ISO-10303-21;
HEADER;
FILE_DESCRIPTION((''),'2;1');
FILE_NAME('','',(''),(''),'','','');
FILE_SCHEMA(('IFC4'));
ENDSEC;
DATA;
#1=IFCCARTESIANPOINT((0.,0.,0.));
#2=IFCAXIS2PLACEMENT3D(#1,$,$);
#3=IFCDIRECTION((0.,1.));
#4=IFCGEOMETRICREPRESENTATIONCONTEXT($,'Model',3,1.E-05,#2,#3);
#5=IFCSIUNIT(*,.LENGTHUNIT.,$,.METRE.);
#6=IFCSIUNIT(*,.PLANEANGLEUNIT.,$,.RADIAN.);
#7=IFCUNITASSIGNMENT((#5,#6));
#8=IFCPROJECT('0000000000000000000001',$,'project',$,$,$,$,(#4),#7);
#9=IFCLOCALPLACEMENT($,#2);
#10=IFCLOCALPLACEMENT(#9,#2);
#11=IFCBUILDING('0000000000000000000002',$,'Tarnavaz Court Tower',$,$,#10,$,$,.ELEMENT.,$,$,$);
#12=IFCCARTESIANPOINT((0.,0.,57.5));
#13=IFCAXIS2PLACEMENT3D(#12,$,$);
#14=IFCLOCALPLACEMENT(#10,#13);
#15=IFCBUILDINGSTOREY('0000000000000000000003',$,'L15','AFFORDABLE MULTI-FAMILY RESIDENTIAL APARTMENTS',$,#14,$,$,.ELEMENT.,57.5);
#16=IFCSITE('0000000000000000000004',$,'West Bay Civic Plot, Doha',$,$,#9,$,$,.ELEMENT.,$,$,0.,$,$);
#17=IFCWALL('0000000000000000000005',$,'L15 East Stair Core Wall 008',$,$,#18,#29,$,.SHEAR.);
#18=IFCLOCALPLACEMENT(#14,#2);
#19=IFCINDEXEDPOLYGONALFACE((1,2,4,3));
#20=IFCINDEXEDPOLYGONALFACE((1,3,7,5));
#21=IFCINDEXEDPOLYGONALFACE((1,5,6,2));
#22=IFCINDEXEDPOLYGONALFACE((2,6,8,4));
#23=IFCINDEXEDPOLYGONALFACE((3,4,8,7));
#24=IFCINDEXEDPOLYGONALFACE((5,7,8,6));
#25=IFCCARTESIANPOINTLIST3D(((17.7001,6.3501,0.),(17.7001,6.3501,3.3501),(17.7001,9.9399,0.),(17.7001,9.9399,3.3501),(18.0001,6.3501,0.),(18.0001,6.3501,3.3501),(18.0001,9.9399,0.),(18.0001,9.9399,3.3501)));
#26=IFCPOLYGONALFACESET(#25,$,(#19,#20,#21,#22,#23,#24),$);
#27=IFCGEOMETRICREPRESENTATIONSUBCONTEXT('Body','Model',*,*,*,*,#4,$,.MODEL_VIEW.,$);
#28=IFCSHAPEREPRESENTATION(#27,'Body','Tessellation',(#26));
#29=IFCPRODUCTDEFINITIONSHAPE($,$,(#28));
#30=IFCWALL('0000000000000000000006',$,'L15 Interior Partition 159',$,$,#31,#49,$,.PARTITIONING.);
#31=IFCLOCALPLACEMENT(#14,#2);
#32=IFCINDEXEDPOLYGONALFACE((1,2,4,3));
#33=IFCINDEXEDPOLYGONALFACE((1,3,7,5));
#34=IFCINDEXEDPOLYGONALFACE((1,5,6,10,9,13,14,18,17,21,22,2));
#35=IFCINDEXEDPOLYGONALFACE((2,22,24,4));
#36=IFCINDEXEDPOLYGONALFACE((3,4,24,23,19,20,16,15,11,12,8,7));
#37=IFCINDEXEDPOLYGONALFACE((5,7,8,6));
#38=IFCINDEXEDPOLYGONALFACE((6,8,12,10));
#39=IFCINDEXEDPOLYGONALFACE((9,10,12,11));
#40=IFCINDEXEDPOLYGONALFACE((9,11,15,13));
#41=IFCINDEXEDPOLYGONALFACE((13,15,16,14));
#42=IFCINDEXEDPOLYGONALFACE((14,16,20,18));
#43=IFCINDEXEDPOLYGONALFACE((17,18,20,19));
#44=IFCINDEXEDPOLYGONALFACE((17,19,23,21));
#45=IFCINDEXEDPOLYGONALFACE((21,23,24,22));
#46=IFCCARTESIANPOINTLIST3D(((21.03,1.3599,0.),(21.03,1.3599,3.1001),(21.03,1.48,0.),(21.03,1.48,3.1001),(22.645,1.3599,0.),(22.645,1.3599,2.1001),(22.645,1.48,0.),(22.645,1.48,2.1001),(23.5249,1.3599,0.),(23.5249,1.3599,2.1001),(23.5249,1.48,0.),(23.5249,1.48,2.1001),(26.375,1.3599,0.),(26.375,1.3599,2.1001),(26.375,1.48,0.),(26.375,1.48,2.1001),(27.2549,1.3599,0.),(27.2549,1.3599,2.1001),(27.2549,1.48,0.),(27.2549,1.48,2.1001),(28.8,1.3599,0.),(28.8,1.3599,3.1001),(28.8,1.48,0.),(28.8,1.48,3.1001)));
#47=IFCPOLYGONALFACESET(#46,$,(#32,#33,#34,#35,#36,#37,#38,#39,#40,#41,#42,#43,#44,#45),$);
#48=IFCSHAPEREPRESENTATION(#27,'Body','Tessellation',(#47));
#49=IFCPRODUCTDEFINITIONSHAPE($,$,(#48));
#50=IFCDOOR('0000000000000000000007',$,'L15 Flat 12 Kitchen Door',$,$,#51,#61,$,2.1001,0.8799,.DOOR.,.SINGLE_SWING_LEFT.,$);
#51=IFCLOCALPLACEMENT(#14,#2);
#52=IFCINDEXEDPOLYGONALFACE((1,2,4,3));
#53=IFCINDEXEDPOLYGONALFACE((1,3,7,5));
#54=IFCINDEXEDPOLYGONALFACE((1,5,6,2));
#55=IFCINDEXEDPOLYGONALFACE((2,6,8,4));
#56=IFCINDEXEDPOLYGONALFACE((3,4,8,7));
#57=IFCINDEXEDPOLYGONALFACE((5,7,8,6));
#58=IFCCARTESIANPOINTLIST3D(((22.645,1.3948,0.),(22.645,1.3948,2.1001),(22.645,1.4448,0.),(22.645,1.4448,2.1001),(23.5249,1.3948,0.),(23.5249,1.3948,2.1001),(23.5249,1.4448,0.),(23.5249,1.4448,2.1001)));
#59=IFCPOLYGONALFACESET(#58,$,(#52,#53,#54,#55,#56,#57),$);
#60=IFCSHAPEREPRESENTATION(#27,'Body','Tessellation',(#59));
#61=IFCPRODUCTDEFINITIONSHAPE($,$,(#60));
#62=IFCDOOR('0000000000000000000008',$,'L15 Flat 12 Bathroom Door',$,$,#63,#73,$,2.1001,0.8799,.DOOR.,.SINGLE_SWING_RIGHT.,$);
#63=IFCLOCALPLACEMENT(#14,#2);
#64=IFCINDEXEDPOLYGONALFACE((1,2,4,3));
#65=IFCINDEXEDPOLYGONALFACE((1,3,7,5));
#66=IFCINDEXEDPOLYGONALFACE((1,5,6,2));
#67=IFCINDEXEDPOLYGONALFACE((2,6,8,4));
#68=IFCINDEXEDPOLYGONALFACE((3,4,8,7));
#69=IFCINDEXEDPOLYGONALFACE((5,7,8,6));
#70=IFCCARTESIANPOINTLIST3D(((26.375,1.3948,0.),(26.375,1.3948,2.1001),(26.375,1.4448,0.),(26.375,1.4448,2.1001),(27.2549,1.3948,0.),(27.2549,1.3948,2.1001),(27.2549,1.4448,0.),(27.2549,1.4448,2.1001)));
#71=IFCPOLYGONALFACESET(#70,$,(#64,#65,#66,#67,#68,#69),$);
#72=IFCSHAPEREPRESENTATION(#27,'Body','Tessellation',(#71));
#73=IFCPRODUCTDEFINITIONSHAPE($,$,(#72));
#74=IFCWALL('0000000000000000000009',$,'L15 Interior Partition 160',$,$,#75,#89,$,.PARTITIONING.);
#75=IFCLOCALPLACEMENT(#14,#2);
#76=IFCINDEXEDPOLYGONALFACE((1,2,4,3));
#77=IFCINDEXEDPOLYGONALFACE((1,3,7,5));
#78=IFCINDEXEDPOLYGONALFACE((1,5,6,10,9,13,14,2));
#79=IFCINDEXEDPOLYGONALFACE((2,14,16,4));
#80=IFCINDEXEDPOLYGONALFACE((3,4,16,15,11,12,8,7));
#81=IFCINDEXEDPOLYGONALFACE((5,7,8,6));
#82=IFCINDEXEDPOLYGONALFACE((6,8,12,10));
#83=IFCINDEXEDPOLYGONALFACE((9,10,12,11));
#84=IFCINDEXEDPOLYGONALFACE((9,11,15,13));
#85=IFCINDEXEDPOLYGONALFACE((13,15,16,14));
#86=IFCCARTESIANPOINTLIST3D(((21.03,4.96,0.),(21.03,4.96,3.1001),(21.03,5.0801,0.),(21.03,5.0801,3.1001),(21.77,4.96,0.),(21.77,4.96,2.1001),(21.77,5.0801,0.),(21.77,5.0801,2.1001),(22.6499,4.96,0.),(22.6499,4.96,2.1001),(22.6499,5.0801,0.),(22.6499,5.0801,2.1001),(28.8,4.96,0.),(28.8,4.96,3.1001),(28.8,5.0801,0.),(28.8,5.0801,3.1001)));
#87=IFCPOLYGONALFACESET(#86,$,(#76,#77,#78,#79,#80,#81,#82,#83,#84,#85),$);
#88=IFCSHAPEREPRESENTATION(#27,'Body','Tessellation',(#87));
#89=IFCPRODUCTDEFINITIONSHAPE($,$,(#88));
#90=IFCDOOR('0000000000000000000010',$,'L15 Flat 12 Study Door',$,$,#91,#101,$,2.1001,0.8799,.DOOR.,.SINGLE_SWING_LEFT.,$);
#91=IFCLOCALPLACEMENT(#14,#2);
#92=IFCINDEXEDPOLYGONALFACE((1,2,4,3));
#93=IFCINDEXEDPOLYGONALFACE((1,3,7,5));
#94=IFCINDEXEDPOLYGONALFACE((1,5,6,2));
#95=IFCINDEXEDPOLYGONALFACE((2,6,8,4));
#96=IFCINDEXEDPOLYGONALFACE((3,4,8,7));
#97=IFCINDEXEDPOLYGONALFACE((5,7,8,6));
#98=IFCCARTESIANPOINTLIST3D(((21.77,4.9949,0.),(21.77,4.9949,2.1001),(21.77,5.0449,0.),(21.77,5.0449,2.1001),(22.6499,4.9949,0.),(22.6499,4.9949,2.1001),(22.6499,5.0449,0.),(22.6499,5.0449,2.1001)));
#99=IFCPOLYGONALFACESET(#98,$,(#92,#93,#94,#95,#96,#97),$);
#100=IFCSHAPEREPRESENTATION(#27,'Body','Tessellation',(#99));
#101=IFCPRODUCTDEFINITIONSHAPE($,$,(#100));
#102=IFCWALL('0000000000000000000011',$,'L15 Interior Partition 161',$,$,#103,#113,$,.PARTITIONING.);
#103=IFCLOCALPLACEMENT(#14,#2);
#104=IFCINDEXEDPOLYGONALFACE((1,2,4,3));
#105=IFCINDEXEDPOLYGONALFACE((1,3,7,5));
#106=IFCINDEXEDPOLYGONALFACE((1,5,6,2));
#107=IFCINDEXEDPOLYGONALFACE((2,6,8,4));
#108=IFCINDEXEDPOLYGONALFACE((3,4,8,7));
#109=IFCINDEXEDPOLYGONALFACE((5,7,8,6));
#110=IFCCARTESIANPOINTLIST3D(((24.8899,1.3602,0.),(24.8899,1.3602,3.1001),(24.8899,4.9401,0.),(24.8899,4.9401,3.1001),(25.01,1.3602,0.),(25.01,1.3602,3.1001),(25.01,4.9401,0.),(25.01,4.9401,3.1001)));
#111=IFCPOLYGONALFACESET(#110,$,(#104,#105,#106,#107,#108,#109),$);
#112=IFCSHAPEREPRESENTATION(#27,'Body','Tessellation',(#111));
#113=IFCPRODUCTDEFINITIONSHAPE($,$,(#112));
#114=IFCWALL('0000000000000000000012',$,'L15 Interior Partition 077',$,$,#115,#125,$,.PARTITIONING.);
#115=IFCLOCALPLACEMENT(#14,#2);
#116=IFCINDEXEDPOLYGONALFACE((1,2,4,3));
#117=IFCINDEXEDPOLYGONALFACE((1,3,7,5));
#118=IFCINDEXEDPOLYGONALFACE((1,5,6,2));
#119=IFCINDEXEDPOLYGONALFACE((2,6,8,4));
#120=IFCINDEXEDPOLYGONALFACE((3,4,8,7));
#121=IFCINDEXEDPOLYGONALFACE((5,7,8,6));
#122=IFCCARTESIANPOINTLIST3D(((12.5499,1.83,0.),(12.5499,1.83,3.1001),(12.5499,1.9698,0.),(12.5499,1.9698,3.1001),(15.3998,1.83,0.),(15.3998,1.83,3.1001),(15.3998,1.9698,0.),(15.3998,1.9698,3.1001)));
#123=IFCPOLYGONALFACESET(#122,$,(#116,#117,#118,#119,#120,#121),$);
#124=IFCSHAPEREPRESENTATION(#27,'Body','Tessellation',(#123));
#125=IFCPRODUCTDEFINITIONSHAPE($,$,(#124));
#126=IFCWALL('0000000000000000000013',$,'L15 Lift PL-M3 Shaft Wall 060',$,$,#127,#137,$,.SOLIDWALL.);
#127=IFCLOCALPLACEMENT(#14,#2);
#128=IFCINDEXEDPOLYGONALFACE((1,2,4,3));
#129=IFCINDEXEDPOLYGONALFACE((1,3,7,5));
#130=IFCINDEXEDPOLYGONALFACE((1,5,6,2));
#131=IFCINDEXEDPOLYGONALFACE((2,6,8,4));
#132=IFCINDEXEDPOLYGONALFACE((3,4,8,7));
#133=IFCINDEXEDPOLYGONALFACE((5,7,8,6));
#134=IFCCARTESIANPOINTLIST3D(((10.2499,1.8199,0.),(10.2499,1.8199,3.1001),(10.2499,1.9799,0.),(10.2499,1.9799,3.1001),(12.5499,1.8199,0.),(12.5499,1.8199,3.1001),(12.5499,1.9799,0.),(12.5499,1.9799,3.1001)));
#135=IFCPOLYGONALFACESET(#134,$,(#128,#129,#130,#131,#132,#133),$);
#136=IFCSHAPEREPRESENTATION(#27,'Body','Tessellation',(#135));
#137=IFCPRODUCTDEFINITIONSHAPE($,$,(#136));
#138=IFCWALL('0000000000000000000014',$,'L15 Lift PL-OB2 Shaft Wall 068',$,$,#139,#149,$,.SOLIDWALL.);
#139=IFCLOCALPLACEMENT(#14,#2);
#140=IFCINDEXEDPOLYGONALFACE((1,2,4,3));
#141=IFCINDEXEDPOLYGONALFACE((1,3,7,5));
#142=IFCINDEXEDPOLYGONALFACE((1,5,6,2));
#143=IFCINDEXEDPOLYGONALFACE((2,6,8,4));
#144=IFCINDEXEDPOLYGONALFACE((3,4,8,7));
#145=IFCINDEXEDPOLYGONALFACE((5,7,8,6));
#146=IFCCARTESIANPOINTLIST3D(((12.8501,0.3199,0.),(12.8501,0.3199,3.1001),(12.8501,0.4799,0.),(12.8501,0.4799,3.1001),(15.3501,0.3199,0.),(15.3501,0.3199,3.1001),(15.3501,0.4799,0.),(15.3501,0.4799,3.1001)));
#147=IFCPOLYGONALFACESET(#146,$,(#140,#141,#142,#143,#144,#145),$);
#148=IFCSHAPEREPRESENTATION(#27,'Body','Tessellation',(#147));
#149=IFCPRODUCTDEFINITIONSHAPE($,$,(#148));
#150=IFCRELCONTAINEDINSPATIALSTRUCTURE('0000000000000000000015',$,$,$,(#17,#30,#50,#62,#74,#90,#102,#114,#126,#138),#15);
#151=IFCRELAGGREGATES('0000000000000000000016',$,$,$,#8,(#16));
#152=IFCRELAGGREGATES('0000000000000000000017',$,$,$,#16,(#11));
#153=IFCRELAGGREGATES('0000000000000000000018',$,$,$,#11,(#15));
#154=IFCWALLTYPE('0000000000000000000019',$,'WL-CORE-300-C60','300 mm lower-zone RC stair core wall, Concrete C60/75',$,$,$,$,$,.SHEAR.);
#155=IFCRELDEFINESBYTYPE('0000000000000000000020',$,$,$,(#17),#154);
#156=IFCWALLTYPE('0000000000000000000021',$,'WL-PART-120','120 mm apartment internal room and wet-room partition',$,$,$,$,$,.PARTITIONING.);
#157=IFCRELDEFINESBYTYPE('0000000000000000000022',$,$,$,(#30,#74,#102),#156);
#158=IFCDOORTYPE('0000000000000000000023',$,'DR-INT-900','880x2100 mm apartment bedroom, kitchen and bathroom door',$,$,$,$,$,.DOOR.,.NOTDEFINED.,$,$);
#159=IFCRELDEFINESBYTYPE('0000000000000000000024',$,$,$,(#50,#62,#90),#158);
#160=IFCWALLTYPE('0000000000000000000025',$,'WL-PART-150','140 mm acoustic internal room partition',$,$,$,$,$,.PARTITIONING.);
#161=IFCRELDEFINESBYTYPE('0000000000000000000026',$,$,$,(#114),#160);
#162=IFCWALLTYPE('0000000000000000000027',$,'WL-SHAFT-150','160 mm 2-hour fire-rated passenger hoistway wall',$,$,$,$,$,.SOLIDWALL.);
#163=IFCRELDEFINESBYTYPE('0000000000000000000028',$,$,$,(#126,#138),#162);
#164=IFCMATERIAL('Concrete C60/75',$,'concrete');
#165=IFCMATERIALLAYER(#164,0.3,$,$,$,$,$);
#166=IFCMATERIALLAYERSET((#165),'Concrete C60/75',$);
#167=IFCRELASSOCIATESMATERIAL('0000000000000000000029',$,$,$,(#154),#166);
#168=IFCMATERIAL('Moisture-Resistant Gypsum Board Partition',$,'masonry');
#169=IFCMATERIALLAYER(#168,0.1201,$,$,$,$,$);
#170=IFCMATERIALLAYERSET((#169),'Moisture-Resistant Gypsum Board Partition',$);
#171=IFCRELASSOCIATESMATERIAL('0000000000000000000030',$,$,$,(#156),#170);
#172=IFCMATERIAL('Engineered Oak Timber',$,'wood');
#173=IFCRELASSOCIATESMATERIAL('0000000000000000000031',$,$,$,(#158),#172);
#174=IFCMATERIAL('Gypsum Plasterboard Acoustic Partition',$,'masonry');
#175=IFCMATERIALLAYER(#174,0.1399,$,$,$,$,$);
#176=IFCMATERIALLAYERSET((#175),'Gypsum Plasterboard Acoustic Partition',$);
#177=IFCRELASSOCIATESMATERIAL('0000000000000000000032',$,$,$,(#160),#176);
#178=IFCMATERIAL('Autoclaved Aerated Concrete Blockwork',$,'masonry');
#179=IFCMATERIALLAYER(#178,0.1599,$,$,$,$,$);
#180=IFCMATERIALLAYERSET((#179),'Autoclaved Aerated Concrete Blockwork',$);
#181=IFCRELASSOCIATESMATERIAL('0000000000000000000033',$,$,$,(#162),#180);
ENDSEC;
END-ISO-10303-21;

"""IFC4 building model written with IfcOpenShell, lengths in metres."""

from ifc_helpers import new_model, si_unit, direction, frame, frame_2d, origin, place, context, subcontext, project, spatial, rectangle, extrude, material, layer, layer_set, type_object, element, fill, save


model = new_model("IFC4")

# Units and contexts
model_context = context("Model", 3, precision=1e-05, world=origin(), true_north=direction((0.0, 1.0)))
body_context = subcontext(model_context, "Body", "Model", "MODEL_VIEW")
ifc_project = project(units=[si_unit("LENGTHUNIT", "METRE"), si_unit("PLANEANGLEUNIT", "RADIAN")], contexts=[model_context])

# Site, building, storey
site_placement = place(None, origin())
site = spatial("IfcSite", under=ifc_project, at=site_placement, Name="West Bay Civic Plot, Doha", CompositionType="ELEMENT", RefElevation=0.0)
building_placement = place(site_placement, origin())
building = spatial("IfcBuilding", under=site, at=building_placement, Name="Tarnavaz Court Tower", CompositionType="ELEMENT")
storey_placement = place(building_placement, frame((0.0, 0.0, 57.5)))
storey = spatial("IfcBuildingStorey", under=building, at=storey_placement, Name="L15", Description="AFFORDABLE MULTI-FAMILY RESIDENTIAL APARTMENTS", CompositionType="ELEMENT", Elevation=57.5)

# Shared definitions
ifc_material_1 = material(Name="Concrete C60/75", Category="concrete")

# Wall
ifc_layer_1 = layer(ifc_material_1, 0.3)
ifc_layer_set_1 = layer_set([ifc_layer_1], Name="Concrete C60/75")
wall_type_1 = type_object("IfcWallType", Name="WL-CORE-300-C60", Description="300 mm lower-zone RC stair core wall, Concrete C60/75", PredefinedType="SHEAR", material=ifc_layer_set_1)
wall_1_placement = place(storey_placement, frame((17.8501, 6.3501, 0.0), z_axis=(0.0, 0.0, 1.0), x_axis=(0.0, 1.0, 0.0)))
element("IfcWall", 1, at=wall_1_placement, inside=storey, type_object=wall_type_1, Name="L15 East Stair Core Wall 008", PredefinedType="SHEAR", context=body_context, shape_type="SweptSolid", body=[
    extrude(rectangle(XDim=3.5898, YDim=0.3, at=frame_2d((1.7949, 0.0))), origin(), (0.0, 0.0, 1.0), 3.3501),
])

# Wall, openings, doors
ifc_material_2 = material(Name="Moisture-Resistant Gypsum Board Partition", Category="masonry")
ifc_layer_2 = layer(ifc_material_2, 0.1201)
ifc_layer_set_2 = layer_set([ifc_layer_2], Name="Moisture-Resistant Gypsum Board Partition")
wall_type_2 = type_object("IfcWallType", Name="WL-PART-120", Description="120 mm apartment internal room and wet-room partition", PredefinedType="PARTITIONING", material=ifc_layer_set_2)
wall_2_placement = place(storey_placement, frame((21.03, 1.4199, 0.0), z_axis=(0.0, 0.0, 1.0), x_axis=(1.0, 0.0, 0.0)))
wall_2 = element("IfcWall", 2, at=wall_2_placement, inside=storey, type_object=wall_type_2, Name="L15 Interior Partition 159", PredefinedType="PARTITIONING", context=body_context, shape_type="SweptSolid", body=[
    extrude(rectangle(XDim=7.77, YDim=0.1201, at=frame_2d((3.885, 0.0))), origin(), (0.0, 0.0, 1.0), 3.1001),
])
opening_1_placement = place(wall_2_placement, frame((1.615, 0.0, 0.0)))
opening_1 = element("IfcOpeningElement", 3, at=opening_1_placement, cuts=wall_2, PredefinedType="OPENING", context=body_context, shape_type="SweptSolid", body=[
    extrude(rectangle(XDim=0.8799, YDim=2.1001, at=frame_2d((0.4399, 1.05))), frame((0.0, 0.0701, 0.0), z_axis=(0.0, -1.0, 0.0), x_axis=(1.0, 0.0, 0.0)), (0.0, 0.0, 1.0), 0.1401),
])
opening_2_placement = place(wall_2_placement, frame((5.345, 0.0, 0.0)))
opening_2 = element("IfcOpeningElement", 4, at=opening_2_placement, cuts=wall_2, PredefinedType="OPENING", context=body_context, shape_type="SweptSolid", body=[
    extrude(rectangle(XDim=0.8799, YDim=2.1001, at=frame_2d((0.4399, 1.05))), frame((0.0, 0.0701, 0.0), z_axis=(0.0, -1.0, 0.0), x_axis=(1.0, 0.0, 0.0)), (0.0, 0.0, 1.0), 0.1401),
])
ifc_material_3 = material(Name="Engineered Oak Timber", Category="wood")
door_type_1 = type_object("IfcDoorType", Name="DR-INT-900", Description="880x2100 mm apartment bedroom, kitchen and bathroom door", OperationType="NOTDEFINED", PredefinedType="DOOR", material=ifc_material_3)
door_1_placement = place(opening_1_placement, origin())
door_1 = element("IfcDoor", 5, at=door_1_placement, inside=storey, type_object=door_type_1, Name="L15 Flat 12 Kitchen Door", OperationType="SINGLE_SWING_LEFT", OverallHeight=2.1001, OverallWidth=0.8799, PredefinedType="DOOR", context=body_context, shape_type="SweptSolid", body=[
    extrude(rectangle(XDim=0.8799, YDim=2.1001, at=frame_2d((0.4399, 1.05))), frame((0.0, 0.0249, 0.0), z_axis=(0.0, -1.0, 0.0), x_axis=(1.0, 0.0, 0.0)), (0.0, 0.0, 1.0), 0.05),
])
fill(opening_1, door_1)
door_2_placement = place(opening_2_placement, origin())
door_2 = element("IfcDoor", 6, at=door_2_placement, inside=storey, type_object=door_type_1, Name="L15 Flat 12 Bathroom Door", OperationType="SINGLE_SWING_RIGHT", OverallHeight=2.1001, OverallWidth=0.8799, PredefinedType="DOOR", context=body_context, shape_type="SweptSolid", body=[
    extrude(rectangle(XDim=0.8799, YDim=2.1001, at=frame_2d((0.4399, 1.05))), frame((0.0, 0.0249, 0.0), z_axis=(0.0, -1.0, 0.0), x_axis=(1.0, 0.0, 0.0)), (0.0, 0.0, 1.0), 0.05),
])
fill(opening_2, door_2)

# Wall, opening, door
wall_3_placement = place(storey_placement, frame((21.03, 5.02, 0.0), z_axis=(0.0, 0.0, 1.0), x_axis=(1.0, 0.0, 0.0)))
wall_3 = element("IfcWall", 7, at=wall_3_placement, inside=storey, type_object=wall_type_2, Name="L15 Interior Partition 160", PredefinedType="PARTITIONING", context=body_context, shape_type="SweptSolid", body=[
    extrude(rectangle(XDim=7.77, YDim=0.1201, at=frame_2d((3.885, 0.0))), origin(), (0.0, 0.0, 1.0), 3.1001),
])
opening_3_placement = place(wall_3_placement, frame((0.74, 0.0, 0.0)))
opening_3 = element("IfcOpeningElement", 8, at=opening_3_placement, cuts=wall_3, PredefinedType="OPENING", context=body_context, shape_type="SweptSolid", body=[
    extrude(rectangle(XDim=0.8799, YDim=2.1001, at=frame_2d((0.4399, 1.05))), frame((0.0, 0.0701, 0.0), z_axis=(0.0, -1.0, 0.0), x_axis=(1.0, 0.0, 0.0)), (0.0, 0.0, 1.0), 0.1401),
])
door_3_placement = place(opening_3_placement, origin())
door_3 = element("IfcDoor", 9, at=door_3_placement, inside=storey, type_object=door_type_1, Name="L15 Flat 12 Study Door", OperationType="SINGLE_SWING_LEFT", OverallHeight=2.1001, OverallWidth=0.8799, PredefinedType="DOOR", context=body_context, shape_type="SweptSolid", body=[
    extrude(rectangle(XDim=0.8799, YDim=2.1001, at=frame_2d((0.4399, 1.05))), frame((0.0, 0.0249, 0.0), z_axis=(0.0, -1.0, 0.0), x_axis=(1.0, 0.0, 0.0)), (0.0, 0.0, 1.0), 0.05),
])
fill(opening_3, door_3)

# Walls
wall_4_placement = place(storey_placement, frame((24.95, 1.3601, 0.0), z_axis=(0.0, 0.0, 1.0), x_axis=(0.0, 1.0, 0.0)))
element("IfcWall", 10, at=wall_4_placement, inside=storey, type_object=wall_type_2, Name="L15 Interior Partition 161", PredefinedType="PARTITIONING", context=body_context, shape_type="SweptSolid", body=[
    extrude(rectangle(XDim=3.5798, YDim=0.1201, at=frame_2d((1.79, 0.0))), origin(), (0.0, 0.0, 1.0), 3.1001),
])
ifc_material_4 = material(Name="Gypsum Plasterboard Acoustic Partition", Category="masonry")
ifc_layer_3 = layer(ifc_material_4, 0.1399)
ifc_layer_set_3 = layer_set([ifc_layer_3], Name="Gypsum Plasterboard Acoustic Partition")
wall_type_3 = type_object("IfcWallType", Name="WL-PART-150", Description="140 mm acoustic internal room partition", PredefinedType="PARTITIONING", material=ifc_layer_set_3)
wall_5_placement = place(storey_placement, frame((12.55, 1.8999, 0.0), z_axis=(0.0, 0.0, 1.0), x_axis=(1.0, 0.0, 0.0)))
element("IfcWall", 11, at=wall_5_placement, inside=storey, type_object=wall_type_3, Name="L15 Interior Partition 077", PredefinedType="PARTITIONING", context=body_context, shape_type="SweptSolid", body=[
    extrude(rectangle(XDim=2.8499, YDim=0.1399, at=frame_2d((1.4248, 0.0))), origin(), (0.0, 0.0, 1.0), 3.1001),
])
ifc_material_5 = material(Name="Autoclaved Aerated Concrete Blockwork", Category="masonry")
ifc_layer_4 = layer(ifc_material_5, 0.1599)
ifc_layer_set_4 = layer_set([ifc_layer_4], Name="Autoclaved Aerated Concrete Blockwork")
wall_type_4 = type_object("IfcWallType", Name="WL-SHAFT-150", Description="160 mm 2-hour fire-rated passenger hoistway wall", PredefinedType="SOLIDWALL", material=ifc_layer_set_4)
wall_6_placement = place(storey_placement, frame((10.25, 1.8999, 0.0), z_axis=(0.0, 0.0, 1.0), x_axis=(1.0, 0.0, 0.0)))
element("IfcWall", 12, at=wall_6_placement, inside=storey, type_object=wall_type_4, Name="L15 Lift PL-M3 Shaft Wall 060", PredefinedType="SOLIDWALL", context=body_context, shape_type="SweptSolid", body=[
    extrude(rectangle(XDim=2.3, YDim=0.1599, at=frame_2d((1.1499, 0.0))), origin(), (0.0, 0.0, 1.0), 3.1001),
])
wall_7_placement = place(storey_placement, frame((12.8501, 0.3999, 0.0), z_axis=(0.0, 0.0, 1.0), x_axis=(1.0, 0.0, 0.0)))
element("IfcWall", 13, at=wall_7_placement, inside=storey, type_object=wall_type_4, Name="L15 Lift PL-OB2 Shaft Wall 068", PredefinedType="SOLIDWALL", context=body_context, shape_type="SweptSolid", body=[
    extrude(rectangle(XDim=2.5, YDim=0.1599, at=frame_2d((1.25, 0.0))), origin(), (0.0, 0.0, 1.0), 3.1001),
])

save(model, "model.ifc")
